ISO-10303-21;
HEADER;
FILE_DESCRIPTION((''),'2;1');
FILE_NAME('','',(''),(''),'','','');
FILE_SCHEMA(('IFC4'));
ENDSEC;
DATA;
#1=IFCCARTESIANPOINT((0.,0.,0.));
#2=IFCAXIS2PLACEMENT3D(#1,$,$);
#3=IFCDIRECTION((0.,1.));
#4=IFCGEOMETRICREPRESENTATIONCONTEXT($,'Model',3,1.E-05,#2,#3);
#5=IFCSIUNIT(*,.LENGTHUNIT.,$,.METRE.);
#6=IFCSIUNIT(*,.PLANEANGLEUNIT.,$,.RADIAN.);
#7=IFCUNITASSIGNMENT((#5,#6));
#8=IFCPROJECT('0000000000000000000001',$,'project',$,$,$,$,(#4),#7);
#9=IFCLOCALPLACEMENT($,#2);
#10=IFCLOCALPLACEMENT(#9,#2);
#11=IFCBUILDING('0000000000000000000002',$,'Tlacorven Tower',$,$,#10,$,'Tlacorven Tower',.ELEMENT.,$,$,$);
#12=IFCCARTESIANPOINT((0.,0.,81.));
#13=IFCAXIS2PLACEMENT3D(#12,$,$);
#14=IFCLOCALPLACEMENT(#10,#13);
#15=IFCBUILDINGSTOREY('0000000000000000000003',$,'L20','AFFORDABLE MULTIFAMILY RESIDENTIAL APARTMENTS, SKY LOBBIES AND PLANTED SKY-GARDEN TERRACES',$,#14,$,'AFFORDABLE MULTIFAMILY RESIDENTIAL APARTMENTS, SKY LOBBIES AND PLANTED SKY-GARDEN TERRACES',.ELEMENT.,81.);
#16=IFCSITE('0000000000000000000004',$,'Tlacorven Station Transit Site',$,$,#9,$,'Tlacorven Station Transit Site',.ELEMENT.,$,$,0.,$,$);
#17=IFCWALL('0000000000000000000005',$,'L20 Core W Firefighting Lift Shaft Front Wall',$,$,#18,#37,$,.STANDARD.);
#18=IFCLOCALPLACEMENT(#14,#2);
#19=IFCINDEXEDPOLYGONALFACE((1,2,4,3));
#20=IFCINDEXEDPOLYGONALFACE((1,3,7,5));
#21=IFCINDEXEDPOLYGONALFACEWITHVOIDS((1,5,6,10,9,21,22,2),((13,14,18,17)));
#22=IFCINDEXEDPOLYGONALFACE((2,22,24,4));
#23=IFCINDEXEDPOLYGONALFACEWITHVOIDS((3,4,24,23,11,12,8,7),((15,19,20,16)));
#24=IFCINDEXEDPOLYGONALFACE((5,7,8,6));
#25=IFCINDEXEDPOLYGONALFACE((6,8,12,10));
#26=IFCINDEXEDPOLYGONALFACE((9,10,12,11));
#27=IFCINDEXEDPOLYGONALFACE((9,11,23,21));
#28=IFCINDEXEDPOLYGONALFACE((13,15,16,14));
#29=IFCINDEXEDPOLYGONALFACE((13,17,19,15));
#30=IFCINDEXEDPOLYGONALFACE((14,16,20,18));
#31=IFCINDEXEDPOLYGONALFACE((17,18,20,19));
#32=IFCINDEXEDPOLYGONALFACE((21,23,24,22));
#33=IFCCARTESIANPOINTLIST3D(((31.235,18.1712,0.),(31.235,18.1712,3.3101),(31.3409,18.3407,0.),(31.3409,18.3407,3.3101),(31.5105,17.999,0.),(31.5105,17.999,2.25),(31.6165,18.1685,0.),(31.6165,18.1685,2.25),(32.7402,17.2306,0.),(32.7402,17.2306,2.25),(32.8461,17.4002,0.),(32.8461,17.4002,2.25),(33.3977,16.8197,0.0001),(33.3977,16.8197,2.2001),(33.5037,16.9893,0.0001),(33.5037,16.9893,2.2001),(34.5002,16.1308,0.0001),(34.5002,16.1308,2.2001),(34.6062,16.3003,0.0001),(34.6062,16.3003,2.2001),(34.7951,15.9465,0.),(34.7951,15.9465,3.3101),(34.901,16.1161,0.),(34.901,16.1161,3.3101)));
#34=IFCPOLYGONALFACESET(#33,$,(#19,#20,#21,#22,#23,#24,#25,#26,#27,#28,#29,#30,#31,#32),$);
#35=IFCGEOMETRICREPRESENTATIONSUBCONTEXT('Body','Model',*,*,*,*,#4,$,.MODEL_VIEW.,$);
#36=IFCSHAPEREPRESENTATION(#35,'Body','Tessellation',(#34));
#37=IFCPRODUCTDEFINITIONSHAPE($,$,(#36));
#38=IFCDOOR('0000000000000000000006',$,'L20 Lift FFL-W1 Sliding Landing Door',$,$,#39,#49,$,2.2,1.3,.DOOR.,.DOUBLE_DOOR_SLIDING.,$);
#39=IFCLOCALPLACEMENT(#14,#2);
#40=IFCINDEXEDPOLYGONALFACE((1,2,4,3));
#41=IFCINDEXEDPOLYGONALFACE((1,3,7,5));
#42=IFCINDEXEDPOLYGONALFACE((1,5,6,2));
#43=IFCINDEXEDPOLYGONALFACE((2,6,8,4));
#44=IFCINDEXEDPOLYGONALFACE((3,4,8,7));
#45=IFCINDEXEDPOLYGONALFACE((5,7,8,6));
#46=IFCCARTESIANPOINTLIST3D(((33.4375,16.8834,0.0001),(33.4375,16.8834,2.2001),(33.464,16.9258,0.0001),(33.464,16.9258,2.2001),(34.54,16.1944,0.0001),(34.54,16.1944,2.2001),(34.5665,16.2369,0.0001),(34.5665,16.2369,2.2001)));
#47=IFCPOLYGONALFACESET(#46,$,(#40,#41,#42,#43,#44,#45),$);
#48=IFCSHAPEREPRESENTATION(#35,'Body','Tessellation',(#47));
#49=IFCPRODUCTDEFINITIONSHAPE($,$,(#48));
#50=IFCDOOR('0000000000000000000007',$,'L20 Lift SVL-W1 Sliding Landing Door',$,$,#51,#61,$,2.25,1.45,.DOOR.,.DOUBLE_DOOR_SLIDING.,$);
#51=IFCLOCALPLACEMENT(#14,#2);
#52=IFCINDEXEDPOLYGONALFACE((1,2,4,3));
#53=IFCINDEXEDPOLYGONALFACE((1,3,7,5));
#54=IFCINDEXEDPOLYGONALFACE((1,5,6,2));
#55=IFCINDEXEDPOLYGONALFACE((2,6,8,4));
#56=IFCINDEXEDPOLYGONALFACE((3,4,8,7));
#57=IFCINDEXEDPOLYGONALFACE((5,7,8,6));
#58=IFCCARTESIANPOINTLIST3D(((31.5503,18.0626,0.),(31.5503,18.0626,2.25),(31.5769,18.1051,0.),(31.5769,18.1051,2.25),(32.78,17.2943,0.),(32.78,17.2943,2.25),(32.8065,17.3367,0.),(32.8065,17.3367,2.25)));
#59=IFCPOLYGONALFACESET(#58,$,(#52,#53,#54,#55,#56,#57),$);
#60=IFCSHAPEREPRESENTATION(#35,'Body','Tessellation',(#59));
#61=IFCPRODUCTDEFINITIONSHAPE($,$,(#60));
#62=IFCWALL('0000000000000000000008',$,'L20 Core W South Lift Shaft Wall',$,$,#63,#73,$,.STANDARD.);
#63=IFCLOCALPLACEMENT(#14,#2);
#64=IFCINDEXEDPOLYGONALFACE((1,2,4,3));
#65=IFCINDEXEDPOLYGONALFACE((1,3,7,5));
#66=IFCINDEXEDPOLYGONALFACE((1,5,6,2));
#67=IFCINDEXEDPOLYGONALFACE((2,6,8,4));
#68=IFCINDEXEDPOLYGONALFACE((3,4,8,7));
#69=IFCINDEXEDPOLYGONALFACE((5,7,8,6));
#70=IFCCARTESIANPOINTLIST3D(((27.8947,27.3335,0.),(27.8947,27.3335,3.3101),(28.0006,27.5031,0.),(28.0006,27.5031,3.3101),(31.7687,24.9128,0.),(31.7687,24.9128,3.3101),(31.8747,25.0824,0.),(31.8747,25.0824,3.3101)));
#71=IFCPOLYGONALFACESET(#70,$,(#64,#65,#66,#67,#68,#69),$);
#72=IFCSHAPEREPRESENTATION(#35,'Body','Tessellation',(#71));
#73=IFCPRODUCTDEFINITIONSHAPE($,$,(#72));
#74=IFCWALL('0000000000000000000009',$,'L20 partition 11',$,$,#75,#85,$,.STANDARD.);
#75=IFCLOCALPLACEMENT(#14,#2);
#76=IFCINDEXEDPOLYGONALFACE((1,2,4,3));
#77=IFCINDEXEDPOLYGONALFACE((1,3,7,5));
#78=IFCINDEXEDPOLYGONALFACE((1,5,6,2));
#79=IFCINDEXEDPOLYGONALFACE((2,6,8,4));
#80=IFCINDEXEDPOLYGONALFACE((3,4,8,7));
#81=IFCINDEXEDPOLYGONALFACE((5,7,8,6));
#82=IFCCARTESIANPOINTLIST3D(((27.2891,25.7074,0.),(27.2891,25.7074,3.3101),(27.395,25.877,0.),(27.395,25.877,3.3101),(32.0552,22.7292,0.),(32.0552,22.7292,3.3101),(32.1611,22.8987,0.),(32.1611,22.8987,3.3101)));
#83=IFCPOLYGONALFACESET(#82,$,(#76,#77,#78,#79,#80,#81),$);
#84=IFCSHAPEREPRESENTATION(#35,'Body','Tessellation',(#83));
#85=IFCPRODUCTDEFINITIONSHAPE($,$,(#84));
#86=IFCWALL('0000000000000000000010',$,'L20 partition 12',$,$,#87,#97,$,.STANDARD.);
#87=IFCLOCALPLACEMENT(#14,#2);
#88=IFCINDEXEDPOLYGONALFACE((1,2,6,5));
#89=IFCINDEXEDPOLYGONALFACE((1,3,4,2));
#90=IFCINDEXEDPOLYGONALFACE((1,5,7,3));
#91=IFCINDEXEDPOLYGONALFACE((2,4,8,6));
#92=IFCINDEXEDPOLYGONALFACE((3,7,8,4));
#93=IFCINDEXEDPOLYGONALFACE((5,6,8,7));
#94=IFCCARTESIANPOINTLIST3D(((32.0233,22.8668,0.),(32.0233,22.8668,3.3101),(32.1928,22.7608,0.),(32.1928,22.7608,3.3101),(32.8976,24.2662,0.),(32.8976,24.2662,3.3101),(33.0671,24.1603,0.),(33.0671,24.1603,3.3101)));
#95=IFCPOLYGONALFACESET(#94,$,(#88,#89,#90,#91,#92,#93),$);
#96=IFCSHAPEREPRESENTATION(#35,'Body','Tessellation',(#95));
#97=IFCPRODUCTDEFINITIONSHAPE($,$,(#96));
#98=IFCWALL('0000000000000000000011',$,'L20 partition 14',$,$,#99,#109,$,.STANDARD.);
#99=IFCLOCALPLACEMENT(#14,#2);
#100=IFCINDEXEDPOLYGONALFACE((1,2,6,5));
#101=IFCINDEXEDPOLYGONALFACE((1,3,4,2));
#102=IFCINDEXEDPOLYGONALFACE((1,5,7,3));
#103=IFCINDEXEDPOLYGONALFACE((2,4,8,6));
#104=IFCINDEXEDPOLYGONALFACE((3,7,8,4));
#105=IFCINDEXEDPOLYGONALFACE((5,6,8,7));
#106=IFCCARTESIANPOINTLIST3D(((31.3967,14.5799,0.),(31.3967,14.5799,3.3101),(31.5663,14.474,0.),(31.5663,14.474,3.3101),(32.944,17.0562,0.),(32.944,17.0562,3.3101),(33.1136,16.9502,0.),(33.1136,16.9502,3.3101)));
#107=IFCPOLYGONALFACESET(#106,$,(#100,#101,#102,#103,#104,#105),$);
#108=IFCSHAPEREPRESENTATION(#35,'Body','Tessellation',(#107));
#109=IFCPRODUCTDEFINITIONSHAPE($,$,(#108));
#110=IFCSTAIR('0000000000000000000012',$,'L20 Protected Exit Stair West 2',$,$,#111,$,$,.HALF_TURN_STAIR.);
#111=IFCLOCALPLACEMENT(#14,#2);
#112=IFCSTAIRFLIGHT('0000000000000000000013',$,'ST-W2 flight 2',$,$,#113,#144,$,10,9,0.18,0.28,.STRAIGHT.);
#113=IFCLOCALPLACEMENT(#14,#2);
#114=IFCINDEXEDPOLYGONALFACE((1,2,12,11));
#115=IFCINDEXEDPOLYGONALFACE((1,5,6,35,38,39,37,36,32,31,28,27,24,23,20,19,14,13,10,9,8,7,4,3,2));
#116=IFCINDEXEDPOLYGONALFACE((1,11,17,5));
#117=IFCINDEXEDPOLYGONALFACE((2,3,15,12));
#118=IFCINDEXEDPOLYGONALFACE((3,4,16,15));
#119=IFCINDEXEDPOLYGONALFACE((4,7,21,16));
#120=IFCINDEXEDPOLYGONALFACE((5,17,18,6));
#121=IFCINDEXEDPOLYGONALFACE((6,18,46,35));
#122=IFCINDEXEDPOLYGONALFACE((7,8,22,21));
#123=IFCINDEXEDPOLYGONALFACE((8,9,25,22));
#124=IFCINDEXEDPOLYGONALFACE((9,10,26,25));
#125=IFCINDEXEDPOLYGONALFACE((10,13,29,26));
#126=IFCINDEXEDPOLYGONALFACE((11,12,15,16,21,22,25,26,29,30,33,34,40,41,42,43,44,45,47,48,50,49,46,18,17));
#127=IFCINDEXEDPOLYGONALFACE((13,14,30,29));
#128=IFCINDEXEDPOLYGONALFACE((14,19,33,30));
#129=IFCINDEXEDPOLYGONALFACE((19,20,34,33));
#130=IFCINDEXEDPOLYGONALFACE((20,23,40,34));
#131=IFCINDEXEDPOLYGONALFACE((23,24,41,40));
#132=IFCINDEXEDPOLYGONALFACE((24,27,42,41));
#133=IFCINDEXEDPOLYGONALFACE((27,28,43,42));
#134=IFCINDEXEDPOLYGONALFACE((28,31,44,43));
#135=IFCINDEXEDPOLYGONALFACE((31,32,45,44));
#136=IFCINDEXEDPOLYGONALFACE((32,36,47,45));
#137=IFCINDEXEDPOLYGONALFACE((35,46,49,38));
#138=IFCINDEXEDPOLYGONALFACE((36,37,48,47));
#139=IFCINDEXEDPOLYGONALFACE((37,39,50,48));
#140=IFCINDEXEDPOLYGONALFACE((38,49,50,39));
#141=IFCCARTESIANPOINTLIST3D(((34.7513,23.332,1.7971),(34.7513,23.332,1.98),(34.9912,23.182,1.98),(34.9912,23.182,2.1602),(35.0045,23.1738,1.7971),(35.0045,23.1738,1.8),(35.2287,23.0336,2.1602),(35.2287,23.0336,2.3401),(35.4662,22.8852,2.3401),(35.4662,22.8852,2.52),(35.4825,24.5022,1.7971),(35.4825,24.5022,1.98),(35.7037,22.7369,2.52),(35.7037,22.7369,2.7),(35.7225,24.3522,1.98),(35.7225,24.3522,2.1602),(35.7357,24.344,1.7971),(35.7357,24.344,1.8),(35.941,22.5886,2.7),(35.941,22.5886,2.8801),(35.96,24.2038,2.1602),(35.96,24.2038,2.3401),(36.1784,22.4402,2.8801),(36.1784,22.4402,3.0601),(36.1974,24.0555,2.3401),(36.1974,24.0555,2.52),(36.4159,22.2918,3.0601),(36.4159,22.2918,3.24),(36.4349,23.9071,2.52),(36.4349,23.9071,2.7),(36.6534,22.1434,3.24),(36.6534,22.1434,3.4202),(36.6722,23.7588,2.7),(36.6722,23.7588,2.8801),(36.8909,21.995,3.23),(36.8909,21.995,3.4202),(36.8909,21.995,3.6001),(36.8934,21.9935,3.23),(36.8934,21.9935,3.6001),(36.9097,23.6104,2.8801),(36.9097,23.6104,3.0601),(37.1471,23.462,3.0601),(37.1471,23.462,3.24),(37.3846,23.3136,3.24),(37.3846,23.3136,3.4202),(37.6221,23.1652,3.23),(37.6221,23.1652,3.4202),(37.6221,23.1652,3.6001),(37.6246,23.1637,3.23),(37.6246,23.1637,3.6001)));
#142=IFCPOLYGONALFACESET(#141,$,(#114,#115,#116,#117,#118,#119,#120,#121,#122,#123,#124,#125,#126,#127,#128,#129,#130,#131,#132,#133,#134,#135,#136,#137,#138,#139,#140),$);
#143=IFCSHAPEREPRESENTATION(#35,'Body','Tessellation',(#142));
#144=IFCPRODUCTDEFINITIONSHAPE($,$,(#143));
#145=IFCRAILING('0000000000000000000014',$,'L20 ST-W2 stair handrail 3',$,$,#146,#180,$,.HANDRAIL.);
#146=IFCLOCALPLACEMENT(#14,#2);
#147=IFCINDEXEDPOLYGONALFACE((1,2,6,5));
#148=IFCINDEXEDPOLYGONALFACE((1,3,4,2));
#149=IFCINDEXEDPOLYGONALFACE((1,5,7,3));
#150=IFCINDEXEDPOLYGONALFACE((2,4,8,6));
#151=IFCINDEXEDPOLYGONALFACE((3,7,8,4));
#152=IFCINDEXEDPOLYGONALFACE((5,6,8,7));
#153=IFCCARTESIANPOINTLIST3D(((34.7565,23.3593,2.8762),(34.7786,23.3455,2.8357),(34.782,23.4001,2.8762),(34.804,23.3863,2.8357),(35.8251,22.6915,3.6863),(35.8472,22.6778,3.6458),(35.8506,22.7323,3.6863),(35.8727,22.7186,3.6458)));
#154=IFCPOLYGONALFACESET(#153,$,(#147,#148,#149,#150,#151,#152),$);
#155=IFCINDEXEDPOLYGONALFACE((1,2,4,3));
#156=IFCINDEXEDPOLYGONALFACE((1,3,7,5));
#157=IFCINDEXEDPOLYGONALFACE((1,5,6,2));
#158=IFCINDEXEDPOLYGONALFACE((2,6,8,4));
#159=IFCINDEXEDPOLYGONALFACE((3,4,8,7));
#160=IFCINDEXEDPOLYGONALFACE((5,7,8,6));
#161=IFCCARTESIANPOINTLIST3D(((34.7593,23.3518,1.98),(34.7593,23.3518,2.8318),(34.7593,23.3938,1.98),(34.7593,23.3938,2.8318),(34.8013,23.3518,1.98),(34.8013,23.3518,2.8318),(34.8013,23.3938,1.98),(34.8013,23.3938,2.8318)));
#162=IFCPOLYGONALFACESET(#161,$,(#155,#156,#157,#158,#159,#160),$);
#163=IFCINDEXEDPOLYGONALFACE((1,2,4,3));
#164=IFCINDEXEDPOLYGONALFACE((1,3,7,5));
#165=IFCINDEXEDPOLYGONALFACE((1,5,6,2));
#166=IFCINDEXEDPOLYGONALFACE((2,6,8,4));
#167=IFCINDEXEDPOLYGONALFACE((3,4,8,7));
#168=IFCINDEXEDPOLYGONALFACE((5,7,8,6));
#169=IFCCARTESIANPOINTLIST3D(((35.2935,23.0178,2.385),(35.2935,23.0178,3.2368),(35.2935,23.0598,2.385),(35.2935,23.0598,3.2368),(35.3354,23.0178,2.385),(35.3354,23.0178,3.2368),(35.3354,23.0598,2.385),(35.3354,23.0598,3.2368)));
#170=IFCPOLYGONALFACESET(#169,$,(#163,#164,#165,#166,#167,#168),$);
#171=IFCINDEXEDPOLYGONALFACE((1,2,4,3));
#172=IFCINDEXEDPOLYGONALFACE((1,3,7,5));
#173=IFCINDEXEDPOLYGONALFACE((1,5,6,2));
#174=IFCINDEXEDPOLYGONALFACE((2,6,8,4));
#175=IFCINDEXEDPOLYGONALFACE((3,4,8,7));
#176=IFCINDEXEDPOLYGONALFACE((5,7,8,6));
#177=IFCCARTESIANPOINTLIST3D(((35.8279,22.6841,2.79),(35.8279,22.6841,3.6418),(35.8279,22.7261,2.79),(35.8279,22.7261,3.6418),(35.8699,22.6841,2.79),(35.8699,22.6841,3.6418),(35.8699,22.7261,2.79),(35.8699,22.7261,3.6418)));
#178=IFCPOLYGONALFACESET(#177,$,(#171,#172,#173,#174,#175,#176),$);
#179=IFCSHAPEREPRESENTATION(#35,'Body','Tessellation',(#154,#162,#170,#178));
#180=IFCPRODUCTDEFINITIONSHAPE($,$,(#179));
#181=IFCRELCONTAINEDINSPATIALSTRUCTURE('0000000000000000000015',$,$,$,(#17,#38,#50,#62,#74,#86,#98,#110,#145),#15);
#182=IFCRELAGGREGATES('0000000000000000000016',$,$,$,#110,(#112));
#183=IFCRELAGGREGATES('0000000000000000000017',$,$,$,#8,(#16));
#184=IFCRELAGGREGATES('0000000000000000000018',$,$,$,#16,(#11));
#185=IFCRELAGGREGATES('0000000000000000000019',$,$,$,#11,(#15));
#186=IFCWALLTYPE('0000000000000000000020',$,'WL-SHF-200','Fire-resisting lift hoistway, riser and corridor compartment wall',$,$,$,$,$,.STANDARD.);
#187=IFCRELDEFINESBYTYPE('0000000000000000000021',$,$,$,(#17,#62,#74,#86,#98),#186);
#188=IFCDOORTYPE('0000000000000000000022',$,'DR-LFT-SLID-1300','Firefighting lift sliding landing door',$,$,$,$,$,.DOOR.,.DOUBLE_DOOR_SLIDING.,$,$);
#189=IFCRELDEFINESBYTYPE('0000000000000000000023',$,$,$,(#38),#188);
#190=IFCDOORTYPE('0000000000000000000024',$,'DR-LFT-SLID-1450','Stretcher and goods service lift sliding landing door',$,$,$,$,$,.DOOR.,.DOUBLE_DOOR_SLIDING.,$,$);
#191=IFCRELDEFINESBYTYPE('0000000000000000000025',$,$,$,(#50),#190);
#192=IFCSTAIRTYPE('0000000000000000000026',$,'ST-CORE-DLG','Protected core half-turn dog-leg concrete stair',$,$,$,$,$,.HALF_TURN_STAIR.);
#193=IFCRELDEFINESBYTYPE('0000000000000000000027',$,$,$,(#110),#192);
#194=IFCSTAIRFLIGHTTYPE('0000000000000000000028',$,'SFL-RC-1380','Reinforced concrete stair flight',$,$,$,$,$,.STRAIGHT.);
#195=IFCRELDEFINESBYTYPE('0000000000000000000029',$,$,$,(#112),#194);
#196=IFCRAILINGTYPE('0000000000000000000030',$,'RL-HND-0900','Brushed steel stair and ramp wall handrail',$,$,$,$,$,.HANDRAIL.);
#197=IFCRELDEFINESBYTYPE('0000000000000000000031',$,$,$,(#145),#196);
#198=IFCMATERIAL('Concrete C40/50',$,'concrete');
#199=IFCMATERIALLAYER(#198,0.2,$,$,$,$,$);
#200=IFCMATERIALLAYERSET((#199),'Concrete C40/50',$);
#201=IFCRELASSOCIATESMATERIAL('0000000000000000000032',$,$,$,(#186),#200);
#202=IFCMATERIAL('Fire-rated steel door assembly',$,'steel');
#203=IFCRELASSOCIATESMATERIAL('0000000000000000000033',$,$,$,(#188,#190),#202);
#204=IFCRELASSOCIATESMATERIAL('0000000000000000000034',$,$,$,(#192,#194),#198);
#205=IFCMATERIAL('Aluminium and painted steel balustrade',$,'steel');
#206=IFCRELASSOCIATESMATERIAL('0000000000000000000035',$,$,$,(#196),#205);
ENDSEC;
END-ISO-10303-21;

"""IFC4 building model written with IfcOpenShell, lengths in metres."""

from ifc_helpers import new_model, si_unit, direction, frame, frame_2d, origin, origin_2d, place, context, subcontext, project, spatial, polyline, rectangle, outline, extrude, source, transform, mapped, material, layer, layer_set, type_object, element, fill, aggregate, save


model = new_model("IFC4")

# Units and contexts
model_context = context("Model", 3, precision=1e-05, world=origin(), true_north=direction((0.0, 1.0)))
body_context = subcontext(model_context, "Body", "Model", "MODEL_VIEW")
ifc_project = project(units=[si_unit("LENGTHUNIT", "METRE"), si_unit("PLANEANGLEUNIT", "RADIAN")], contexts=[model_context])

# Site, building, storey
site_placement = place(None, origin())
site = spatial("IfcSite", under=ifc_project, at=site_placement, Name="Tlacorven Station Transit Site", LongName="Tlacorven Station Transit Site", CompositionType="ELEMENT", RefElevation=0.0)
building_placement = place(site_placement, origin())
building = spatial("IfcBuilding", under=site, at=building_placement, Name="Tlacorven Tower", LongName="Tlacorven Tower", CompositionType="ELEMENT")
storey_placement = place(building_placement, frame((0.0, 0.0, 81.0)))
storey = spatial("IfcBuildingStorey", under=building, at=storey_placement, Name="L20", Description="AFFORDABLE MULTIFAMILY RESIDENTIAL APARTMENTS, SKY LOBBIES AND PLANTED SKY-GARDEN TERRACES", LongName="AFFORDABLE MULTIFAMILY RESIDENTIAL APARTMENTS, SKY LOBBIES AND PLANTED SKY-GARDEN TERRACES", CompositionType="ELEMENT", Elevation=81.0)

# Shared definitions
ifc_material_1 = material(Name="Fire-rated steel door assembly", Category="steel")

# Wall, openings, doors
ifc_material_2 = material(Name="Concrete C40/50", Category="concrete")
ifc_layer_1 = layer(ifc_material_2, 0.2)
ifc_layer_set_1 = layer_set([ifc_layer_1], Name="Concrete C40/50")
wall_type_1 = type_object("IfcWallType", Name="WL-SHF-200", Description="Fire-resisting lift hoistway, riser and corridor compartment wall", PredefinedType="STANDARD", material=ifc_layer_set_1)
wall_1_placement = place(storey_placement, frame((34.8481, 16.0312, 0.0), z_axis=(0.0, 0.0, 1.0), x_axis=(-0.848044, 0.529926, 0.0)))
wall_1 = element("IfcWall", 1, at=wall_1_placement, inside=storey, type_object=wall_type_1, Name="L20 Core W Firefighting Lift Shaft Front Wall", PredefinedType="STANDARD", context=body_context, shape_type="SweptSolid", body=[
    extrude(rectangle(XDim=4.198, YDim=0.2, at=frame_2d((2.0991, 0.0))), origin(), (0.0, 0.0, 1.0), 3.3101),
])
opening_1_placement = place(wall_1_placement, frame((0.3479, 0.0, 0.0)))
opening_1 = element("IfcOpeningElement", 2, at=opening_1_placement, cuts=wall_1, PredefinedType="OPENING", context=body_context, shape_type="SweptSolid", body=[
    extrude(rectangle(XDim=1.3, YDim=2.2, at=frame_2d((0.6499, 1.1001))), frame((0.0, 0.1099, 0.0), z_axis=(0.0, -1.0, 0.0), x_axis=(1.0, 0.0, 0.0)), (0.0, 0.0, 1.0), 0.22),
])
opening_2_placement = place(wall_1_placement, frame((2.4231, 0.0, 0.0)))
opening_2 = element("IfcOpeningElement", 3, at=opening_2_placement, cuts=wall_1, PredefinedType="OPENING", context=body_context, shape_type="SweptSolid", body=[
    extrude(rectangle(XDim=1.45, YDim=2.25, at=frame_2d((0.7251, 1.125))), frame((0.0, 0.1099, 0.0), z_axis=(0.0, -1.0, 0.0), x_axis=(1.0, 0.0, 0.0)), (0.0, 0.0, 1.0), 0.22),
])
door_type_1 = type_object("IfcDoorType", Name="DR-LFT-SLID-1300", Description="Firefighting lift sliding landing door", OperationType="DOUBLE_DOOR_SLIDING", PredefinedType="DOOR", material=ifc_material_1)
shared_shape_1 = source(origin(), body_context, "Body", "SweptSolid", [
    extrude(rectangle(XDim=1.3, YDim=2.2, at=frame_2d((0.6499, 1.1001))), frame((0.0, 0.0249, 0.0), z_axis=(0.0, -1.0, 0.0), x_axis=(1.0, 0.0, 0.0)), (0.0, 0.0, 1.0), 0.05),
])
door_1_placement = place(opening_1_placement, origin())
door_1 = element("IfcDoor", 4, at=door_1_placement, inside=storey, type_object=door_type_1, Name="L20 Lift FFL-W1 Sliding Landing Door", OperationType="DOUBLE_DOOR_SLIDING", OverallHeight=2.2, OverallWidth=1.3, PredefinedType="DOOR", context=body_context, shape_type="MappedRepresentation", body=[
    mapped(shared_shape_1, transform((0.0, 0.0, 0.0), scale=1.0)),
])
fill(opening_1, door_1)
door_type_2 = type_object("IfcDoorType", Name="DR-LFT-SLID-1450", Description="Stretcher and goods service lift sliding landing door", OperationType="DOUBLE_DOOR_SLIDING", PredefinedType="DOOR", material=ifc_material_1)
shared_shape_2 = source(origin(), body_context, "Body", "SweptSolid", [
    extrude(rectangle(XDim=1.45, YDim=2.25, at=frame_2d((0.7251, 1.125))), frame((0.0, 0.0249, 0.0), z_axis=(0.0, -1.0, 0.0), x_axis=(1.0, 0.0, 0.0)), (0.0, 0.0, 1.0), 0.05),
])
door_2_placement = place(opening_2_placement, origin())
door_2 = element("IfcDoor", 5, at=door_2_placement, inside=storey, type_object=door_type_2, Name="L20 Lift SVL-W1 Sliding Landing Door", OperationType="DOUBLE_DOOR_SLIDING", OverallHeight=2.25, OverallWidth=1.45, PredefinedType="DOOR", context=body_context, shape_type="MappedRepresentation", body=[
    mapped(shared_shape_2, transform((0.0, 0.0, 0.0), scale=1.0)),
])
fill(opening_2, door_2)

# Walls
wall_2_placement = place(storey_placement, frame((31.8218, 24.9976, 0.0), z_axis=(0.0, 0.0, 1.0), x_axis=(-0.848058, 0.529903, 0.0)))
element("IfcWall", 6, at=wall_2_placement, inside=storey, type_object=wall_type_1, Name="L20 Core W South Lift Shaft Wall", PredefinedType="STANDARD", context=body_context, shape_type="SweptSolid", body=[
    extrude(rectangle(XDim=4.5681, YDim=0.2, at=frame_2d((2.2842, 0.0))), origin(), (0.0, 0.0, 1.0), 3.3101),
])
wall_3_placement = place(storey_placement, frame((32.1082, 22.814, 0.0), z_axis=(0.0, 0.0, 1.0), x_axis=(-0.848042, 0.529929, 0.0)))
element("IfcWall", 7, at=wall_3_placement, inside=storey, type_object=wall_type_1, Name="L20 partition 11", PredefinedType="STANDARD", context=body_context, shape_type="SweptSolid", body=[
    extrude(rectangle(XDim=5.6201, YDim=0.2, at=frame_2d((2.8101, 0.0))), origin(), (0.0, 0.0, 1.0), 3.3101),
])
wall_4_placement = place(storey_placement, frame((32.9824, 24.2134, 0.0), z_axis=(0.0, 0.0, 1.0), x_axis=(-0.529839, -0.848098, 0.0)))
element("IfcWall", 8, at=wall_4_placement, inside=storey, type_object=wall_type_1, Name="L20 partition 12", PredefinedType="STANDARD", context=body_context, shape_type="SweptSolid", body=[
    extrude(rectangle(XDim=1.6501, YDim=0.2, at=frame_2d((0.8252, 0.0))), origin(), (0.0, 0.0, 1.0), 3.3101),
])
wall_5_placement = place(storey_placement, frame((33.0288, 17.0032, 0.0), z_axis=(0.0, 0.0, 1.0), x_axis=(-0.529916, -0.84805, 0.0)))
element("IfcWall", 9, at=wall_5_placement, inside=storey, type_object=wall_type_1, Name="L20 partition 14", PredefinedType="STANDARD", context=body_context, shape_type="SweptSolid", body=[
    extrude(rectangle(XDim=2.9199, YDim=0.2, at=frame_2d((1.46, 0.0))), origin(), (0.0, 0.0, 1.0), 3.3101),
])

# Stair, stair flight
stair_type = type_object("IfcStairType", Name="ST-CORE-DLG", Description="Protected core half-turn dog-leg concrete stair", PredefinedType="HALF_TURN_STAIR", material=ifc_material_2)
stair_placement = place(storey_placement, origin())
stair = element("IfcStair", 10, at=stair_placement, inside=storey, type_object=stair_type, Name="L20 Protected Exit Stair West 2", PredefinedType="HALF_TURN_STAIR")
stair_flight_type = type_object("IfcStairFlightType", Name="SFL-RC-1380", Description="Reinforced concrete stair flight", PredefinedType="STRAIGHT", material=ifc_material_2)
shared_shape_3 = source(origin(), body_context, "Body", "SweptSolid", [
    extrude(outline(polyline([(-0.0029, -0.0029), (-0.0029, 0.1799), (0.28, 0.1799), (0.28, 0.3601), (0.5601, 0.3601), (0.5601, 0.54), (0.8401, 0.54), (0.8401, 0.72), (1.1201, 0.72), (1.1201, 0.8999), (1.3999, 0.8999), (1.3999, 1.0801), (1.6799, 1.0801), (1.6799, 1.26), (1.96, 1.26), (1.96, 1.4399), (2.24, 1.4399), (2.24, 1.6201), (2.52, 1.6201), (2.52, 1.8), (2.5229, 1.8), (2.5229, 1.4299), (2.52, 1.4299), (0.2957, 0.0), (0.2957, -0.0029), (-0.0029, -0.0029)])), frame((0.0, 0.6899, 0.0), z_axis=(0.0, -1.0, 0.0), x_axis=(1.0, 0.0, 0.0)), (0.0, 0.0, 1.0), 1.3799),
])
stair_flight_placement = place(storey_placement, frame((35.1194, 23.9155, 1.8), z_axis=(0.0, 0.0, 1.0), x_axis=(0.848048, -0.529919, 0.0)))
stair_flight = element("IfcStairFlight", 11, at=stair_flight_placement, type_object=stair_flight_type, Name="ST-W2 flight 2", NumberOfRisers=10, NumberOfTreads=9, PredefinedType="STRAIGHT", RiserHeight=0.18, TreadLength=0.28, context=body_context, shape_type="MappedRepresentation", body=[
    mapped(shared_shape_3, transform((0.0, 0.0, 0.0), scale=1.0)),
])
aggregate(stair, [stair_flight])

# Railing
ifc_material_3 = material(Name="Aluminium and painted steel balustrade", Category="steel")
railing_type_1 = type_object("IfcRailingType", Name="RL-HND-0900", Description="Brushed steel stair and ramp wall handrail", PredefinedType="HANDRAIL", material=ifc_material_3)
shared_shape_4 = source(origin(), body_context, "Body", "SweptSolid", [
    extrude(rectangle(XDim=0.0481, YDim=0.0481, at=origin_2d()), frame((0.0, 0.0, 0.876), z_axis=(0.71336, -0.445748, 0.540765), x_axis=(0.529912, 0.848053, 0.0)), (0.0, 0.0, 1.0), 1.498),
    extrude(rectangle(XDim=0.042, YDim=0.042, at=origin_2d()), origin(), (0.0, 0.0, 1.0), 0.8518),
    extrude(rectangle(XDim=0.042, YDim=0.042, at=origin_2d()), frame((0.5342, -0.334, 0.405)), (0.0, 0.0, 1.0), 0.8518),
    extrude(rectangle(XDim=0.042, YDim=0.042, at=origin_2d()), frame((1.0686, -0.6677, 0.8101)), (0.0, 0.0, 1.0), 0.8518),
])
railing_1_placement = place(storey_placement, frame((34.7803, 23.3728, 1.98)))
element("IfcRailing", 12, at=railing_1_placement, inside=storey, type_object=railing_type_1, Name="L20 ST-W2 stair handrail 3", PredefinedType="HANDRAIL", context=body_context, shape_type="MappedRepresentation", body=[
    mapped(shared_shape_4, transform((0.0, 0.0, 0.0), scale=1.0)),
])

save(model, "model.ifc")
